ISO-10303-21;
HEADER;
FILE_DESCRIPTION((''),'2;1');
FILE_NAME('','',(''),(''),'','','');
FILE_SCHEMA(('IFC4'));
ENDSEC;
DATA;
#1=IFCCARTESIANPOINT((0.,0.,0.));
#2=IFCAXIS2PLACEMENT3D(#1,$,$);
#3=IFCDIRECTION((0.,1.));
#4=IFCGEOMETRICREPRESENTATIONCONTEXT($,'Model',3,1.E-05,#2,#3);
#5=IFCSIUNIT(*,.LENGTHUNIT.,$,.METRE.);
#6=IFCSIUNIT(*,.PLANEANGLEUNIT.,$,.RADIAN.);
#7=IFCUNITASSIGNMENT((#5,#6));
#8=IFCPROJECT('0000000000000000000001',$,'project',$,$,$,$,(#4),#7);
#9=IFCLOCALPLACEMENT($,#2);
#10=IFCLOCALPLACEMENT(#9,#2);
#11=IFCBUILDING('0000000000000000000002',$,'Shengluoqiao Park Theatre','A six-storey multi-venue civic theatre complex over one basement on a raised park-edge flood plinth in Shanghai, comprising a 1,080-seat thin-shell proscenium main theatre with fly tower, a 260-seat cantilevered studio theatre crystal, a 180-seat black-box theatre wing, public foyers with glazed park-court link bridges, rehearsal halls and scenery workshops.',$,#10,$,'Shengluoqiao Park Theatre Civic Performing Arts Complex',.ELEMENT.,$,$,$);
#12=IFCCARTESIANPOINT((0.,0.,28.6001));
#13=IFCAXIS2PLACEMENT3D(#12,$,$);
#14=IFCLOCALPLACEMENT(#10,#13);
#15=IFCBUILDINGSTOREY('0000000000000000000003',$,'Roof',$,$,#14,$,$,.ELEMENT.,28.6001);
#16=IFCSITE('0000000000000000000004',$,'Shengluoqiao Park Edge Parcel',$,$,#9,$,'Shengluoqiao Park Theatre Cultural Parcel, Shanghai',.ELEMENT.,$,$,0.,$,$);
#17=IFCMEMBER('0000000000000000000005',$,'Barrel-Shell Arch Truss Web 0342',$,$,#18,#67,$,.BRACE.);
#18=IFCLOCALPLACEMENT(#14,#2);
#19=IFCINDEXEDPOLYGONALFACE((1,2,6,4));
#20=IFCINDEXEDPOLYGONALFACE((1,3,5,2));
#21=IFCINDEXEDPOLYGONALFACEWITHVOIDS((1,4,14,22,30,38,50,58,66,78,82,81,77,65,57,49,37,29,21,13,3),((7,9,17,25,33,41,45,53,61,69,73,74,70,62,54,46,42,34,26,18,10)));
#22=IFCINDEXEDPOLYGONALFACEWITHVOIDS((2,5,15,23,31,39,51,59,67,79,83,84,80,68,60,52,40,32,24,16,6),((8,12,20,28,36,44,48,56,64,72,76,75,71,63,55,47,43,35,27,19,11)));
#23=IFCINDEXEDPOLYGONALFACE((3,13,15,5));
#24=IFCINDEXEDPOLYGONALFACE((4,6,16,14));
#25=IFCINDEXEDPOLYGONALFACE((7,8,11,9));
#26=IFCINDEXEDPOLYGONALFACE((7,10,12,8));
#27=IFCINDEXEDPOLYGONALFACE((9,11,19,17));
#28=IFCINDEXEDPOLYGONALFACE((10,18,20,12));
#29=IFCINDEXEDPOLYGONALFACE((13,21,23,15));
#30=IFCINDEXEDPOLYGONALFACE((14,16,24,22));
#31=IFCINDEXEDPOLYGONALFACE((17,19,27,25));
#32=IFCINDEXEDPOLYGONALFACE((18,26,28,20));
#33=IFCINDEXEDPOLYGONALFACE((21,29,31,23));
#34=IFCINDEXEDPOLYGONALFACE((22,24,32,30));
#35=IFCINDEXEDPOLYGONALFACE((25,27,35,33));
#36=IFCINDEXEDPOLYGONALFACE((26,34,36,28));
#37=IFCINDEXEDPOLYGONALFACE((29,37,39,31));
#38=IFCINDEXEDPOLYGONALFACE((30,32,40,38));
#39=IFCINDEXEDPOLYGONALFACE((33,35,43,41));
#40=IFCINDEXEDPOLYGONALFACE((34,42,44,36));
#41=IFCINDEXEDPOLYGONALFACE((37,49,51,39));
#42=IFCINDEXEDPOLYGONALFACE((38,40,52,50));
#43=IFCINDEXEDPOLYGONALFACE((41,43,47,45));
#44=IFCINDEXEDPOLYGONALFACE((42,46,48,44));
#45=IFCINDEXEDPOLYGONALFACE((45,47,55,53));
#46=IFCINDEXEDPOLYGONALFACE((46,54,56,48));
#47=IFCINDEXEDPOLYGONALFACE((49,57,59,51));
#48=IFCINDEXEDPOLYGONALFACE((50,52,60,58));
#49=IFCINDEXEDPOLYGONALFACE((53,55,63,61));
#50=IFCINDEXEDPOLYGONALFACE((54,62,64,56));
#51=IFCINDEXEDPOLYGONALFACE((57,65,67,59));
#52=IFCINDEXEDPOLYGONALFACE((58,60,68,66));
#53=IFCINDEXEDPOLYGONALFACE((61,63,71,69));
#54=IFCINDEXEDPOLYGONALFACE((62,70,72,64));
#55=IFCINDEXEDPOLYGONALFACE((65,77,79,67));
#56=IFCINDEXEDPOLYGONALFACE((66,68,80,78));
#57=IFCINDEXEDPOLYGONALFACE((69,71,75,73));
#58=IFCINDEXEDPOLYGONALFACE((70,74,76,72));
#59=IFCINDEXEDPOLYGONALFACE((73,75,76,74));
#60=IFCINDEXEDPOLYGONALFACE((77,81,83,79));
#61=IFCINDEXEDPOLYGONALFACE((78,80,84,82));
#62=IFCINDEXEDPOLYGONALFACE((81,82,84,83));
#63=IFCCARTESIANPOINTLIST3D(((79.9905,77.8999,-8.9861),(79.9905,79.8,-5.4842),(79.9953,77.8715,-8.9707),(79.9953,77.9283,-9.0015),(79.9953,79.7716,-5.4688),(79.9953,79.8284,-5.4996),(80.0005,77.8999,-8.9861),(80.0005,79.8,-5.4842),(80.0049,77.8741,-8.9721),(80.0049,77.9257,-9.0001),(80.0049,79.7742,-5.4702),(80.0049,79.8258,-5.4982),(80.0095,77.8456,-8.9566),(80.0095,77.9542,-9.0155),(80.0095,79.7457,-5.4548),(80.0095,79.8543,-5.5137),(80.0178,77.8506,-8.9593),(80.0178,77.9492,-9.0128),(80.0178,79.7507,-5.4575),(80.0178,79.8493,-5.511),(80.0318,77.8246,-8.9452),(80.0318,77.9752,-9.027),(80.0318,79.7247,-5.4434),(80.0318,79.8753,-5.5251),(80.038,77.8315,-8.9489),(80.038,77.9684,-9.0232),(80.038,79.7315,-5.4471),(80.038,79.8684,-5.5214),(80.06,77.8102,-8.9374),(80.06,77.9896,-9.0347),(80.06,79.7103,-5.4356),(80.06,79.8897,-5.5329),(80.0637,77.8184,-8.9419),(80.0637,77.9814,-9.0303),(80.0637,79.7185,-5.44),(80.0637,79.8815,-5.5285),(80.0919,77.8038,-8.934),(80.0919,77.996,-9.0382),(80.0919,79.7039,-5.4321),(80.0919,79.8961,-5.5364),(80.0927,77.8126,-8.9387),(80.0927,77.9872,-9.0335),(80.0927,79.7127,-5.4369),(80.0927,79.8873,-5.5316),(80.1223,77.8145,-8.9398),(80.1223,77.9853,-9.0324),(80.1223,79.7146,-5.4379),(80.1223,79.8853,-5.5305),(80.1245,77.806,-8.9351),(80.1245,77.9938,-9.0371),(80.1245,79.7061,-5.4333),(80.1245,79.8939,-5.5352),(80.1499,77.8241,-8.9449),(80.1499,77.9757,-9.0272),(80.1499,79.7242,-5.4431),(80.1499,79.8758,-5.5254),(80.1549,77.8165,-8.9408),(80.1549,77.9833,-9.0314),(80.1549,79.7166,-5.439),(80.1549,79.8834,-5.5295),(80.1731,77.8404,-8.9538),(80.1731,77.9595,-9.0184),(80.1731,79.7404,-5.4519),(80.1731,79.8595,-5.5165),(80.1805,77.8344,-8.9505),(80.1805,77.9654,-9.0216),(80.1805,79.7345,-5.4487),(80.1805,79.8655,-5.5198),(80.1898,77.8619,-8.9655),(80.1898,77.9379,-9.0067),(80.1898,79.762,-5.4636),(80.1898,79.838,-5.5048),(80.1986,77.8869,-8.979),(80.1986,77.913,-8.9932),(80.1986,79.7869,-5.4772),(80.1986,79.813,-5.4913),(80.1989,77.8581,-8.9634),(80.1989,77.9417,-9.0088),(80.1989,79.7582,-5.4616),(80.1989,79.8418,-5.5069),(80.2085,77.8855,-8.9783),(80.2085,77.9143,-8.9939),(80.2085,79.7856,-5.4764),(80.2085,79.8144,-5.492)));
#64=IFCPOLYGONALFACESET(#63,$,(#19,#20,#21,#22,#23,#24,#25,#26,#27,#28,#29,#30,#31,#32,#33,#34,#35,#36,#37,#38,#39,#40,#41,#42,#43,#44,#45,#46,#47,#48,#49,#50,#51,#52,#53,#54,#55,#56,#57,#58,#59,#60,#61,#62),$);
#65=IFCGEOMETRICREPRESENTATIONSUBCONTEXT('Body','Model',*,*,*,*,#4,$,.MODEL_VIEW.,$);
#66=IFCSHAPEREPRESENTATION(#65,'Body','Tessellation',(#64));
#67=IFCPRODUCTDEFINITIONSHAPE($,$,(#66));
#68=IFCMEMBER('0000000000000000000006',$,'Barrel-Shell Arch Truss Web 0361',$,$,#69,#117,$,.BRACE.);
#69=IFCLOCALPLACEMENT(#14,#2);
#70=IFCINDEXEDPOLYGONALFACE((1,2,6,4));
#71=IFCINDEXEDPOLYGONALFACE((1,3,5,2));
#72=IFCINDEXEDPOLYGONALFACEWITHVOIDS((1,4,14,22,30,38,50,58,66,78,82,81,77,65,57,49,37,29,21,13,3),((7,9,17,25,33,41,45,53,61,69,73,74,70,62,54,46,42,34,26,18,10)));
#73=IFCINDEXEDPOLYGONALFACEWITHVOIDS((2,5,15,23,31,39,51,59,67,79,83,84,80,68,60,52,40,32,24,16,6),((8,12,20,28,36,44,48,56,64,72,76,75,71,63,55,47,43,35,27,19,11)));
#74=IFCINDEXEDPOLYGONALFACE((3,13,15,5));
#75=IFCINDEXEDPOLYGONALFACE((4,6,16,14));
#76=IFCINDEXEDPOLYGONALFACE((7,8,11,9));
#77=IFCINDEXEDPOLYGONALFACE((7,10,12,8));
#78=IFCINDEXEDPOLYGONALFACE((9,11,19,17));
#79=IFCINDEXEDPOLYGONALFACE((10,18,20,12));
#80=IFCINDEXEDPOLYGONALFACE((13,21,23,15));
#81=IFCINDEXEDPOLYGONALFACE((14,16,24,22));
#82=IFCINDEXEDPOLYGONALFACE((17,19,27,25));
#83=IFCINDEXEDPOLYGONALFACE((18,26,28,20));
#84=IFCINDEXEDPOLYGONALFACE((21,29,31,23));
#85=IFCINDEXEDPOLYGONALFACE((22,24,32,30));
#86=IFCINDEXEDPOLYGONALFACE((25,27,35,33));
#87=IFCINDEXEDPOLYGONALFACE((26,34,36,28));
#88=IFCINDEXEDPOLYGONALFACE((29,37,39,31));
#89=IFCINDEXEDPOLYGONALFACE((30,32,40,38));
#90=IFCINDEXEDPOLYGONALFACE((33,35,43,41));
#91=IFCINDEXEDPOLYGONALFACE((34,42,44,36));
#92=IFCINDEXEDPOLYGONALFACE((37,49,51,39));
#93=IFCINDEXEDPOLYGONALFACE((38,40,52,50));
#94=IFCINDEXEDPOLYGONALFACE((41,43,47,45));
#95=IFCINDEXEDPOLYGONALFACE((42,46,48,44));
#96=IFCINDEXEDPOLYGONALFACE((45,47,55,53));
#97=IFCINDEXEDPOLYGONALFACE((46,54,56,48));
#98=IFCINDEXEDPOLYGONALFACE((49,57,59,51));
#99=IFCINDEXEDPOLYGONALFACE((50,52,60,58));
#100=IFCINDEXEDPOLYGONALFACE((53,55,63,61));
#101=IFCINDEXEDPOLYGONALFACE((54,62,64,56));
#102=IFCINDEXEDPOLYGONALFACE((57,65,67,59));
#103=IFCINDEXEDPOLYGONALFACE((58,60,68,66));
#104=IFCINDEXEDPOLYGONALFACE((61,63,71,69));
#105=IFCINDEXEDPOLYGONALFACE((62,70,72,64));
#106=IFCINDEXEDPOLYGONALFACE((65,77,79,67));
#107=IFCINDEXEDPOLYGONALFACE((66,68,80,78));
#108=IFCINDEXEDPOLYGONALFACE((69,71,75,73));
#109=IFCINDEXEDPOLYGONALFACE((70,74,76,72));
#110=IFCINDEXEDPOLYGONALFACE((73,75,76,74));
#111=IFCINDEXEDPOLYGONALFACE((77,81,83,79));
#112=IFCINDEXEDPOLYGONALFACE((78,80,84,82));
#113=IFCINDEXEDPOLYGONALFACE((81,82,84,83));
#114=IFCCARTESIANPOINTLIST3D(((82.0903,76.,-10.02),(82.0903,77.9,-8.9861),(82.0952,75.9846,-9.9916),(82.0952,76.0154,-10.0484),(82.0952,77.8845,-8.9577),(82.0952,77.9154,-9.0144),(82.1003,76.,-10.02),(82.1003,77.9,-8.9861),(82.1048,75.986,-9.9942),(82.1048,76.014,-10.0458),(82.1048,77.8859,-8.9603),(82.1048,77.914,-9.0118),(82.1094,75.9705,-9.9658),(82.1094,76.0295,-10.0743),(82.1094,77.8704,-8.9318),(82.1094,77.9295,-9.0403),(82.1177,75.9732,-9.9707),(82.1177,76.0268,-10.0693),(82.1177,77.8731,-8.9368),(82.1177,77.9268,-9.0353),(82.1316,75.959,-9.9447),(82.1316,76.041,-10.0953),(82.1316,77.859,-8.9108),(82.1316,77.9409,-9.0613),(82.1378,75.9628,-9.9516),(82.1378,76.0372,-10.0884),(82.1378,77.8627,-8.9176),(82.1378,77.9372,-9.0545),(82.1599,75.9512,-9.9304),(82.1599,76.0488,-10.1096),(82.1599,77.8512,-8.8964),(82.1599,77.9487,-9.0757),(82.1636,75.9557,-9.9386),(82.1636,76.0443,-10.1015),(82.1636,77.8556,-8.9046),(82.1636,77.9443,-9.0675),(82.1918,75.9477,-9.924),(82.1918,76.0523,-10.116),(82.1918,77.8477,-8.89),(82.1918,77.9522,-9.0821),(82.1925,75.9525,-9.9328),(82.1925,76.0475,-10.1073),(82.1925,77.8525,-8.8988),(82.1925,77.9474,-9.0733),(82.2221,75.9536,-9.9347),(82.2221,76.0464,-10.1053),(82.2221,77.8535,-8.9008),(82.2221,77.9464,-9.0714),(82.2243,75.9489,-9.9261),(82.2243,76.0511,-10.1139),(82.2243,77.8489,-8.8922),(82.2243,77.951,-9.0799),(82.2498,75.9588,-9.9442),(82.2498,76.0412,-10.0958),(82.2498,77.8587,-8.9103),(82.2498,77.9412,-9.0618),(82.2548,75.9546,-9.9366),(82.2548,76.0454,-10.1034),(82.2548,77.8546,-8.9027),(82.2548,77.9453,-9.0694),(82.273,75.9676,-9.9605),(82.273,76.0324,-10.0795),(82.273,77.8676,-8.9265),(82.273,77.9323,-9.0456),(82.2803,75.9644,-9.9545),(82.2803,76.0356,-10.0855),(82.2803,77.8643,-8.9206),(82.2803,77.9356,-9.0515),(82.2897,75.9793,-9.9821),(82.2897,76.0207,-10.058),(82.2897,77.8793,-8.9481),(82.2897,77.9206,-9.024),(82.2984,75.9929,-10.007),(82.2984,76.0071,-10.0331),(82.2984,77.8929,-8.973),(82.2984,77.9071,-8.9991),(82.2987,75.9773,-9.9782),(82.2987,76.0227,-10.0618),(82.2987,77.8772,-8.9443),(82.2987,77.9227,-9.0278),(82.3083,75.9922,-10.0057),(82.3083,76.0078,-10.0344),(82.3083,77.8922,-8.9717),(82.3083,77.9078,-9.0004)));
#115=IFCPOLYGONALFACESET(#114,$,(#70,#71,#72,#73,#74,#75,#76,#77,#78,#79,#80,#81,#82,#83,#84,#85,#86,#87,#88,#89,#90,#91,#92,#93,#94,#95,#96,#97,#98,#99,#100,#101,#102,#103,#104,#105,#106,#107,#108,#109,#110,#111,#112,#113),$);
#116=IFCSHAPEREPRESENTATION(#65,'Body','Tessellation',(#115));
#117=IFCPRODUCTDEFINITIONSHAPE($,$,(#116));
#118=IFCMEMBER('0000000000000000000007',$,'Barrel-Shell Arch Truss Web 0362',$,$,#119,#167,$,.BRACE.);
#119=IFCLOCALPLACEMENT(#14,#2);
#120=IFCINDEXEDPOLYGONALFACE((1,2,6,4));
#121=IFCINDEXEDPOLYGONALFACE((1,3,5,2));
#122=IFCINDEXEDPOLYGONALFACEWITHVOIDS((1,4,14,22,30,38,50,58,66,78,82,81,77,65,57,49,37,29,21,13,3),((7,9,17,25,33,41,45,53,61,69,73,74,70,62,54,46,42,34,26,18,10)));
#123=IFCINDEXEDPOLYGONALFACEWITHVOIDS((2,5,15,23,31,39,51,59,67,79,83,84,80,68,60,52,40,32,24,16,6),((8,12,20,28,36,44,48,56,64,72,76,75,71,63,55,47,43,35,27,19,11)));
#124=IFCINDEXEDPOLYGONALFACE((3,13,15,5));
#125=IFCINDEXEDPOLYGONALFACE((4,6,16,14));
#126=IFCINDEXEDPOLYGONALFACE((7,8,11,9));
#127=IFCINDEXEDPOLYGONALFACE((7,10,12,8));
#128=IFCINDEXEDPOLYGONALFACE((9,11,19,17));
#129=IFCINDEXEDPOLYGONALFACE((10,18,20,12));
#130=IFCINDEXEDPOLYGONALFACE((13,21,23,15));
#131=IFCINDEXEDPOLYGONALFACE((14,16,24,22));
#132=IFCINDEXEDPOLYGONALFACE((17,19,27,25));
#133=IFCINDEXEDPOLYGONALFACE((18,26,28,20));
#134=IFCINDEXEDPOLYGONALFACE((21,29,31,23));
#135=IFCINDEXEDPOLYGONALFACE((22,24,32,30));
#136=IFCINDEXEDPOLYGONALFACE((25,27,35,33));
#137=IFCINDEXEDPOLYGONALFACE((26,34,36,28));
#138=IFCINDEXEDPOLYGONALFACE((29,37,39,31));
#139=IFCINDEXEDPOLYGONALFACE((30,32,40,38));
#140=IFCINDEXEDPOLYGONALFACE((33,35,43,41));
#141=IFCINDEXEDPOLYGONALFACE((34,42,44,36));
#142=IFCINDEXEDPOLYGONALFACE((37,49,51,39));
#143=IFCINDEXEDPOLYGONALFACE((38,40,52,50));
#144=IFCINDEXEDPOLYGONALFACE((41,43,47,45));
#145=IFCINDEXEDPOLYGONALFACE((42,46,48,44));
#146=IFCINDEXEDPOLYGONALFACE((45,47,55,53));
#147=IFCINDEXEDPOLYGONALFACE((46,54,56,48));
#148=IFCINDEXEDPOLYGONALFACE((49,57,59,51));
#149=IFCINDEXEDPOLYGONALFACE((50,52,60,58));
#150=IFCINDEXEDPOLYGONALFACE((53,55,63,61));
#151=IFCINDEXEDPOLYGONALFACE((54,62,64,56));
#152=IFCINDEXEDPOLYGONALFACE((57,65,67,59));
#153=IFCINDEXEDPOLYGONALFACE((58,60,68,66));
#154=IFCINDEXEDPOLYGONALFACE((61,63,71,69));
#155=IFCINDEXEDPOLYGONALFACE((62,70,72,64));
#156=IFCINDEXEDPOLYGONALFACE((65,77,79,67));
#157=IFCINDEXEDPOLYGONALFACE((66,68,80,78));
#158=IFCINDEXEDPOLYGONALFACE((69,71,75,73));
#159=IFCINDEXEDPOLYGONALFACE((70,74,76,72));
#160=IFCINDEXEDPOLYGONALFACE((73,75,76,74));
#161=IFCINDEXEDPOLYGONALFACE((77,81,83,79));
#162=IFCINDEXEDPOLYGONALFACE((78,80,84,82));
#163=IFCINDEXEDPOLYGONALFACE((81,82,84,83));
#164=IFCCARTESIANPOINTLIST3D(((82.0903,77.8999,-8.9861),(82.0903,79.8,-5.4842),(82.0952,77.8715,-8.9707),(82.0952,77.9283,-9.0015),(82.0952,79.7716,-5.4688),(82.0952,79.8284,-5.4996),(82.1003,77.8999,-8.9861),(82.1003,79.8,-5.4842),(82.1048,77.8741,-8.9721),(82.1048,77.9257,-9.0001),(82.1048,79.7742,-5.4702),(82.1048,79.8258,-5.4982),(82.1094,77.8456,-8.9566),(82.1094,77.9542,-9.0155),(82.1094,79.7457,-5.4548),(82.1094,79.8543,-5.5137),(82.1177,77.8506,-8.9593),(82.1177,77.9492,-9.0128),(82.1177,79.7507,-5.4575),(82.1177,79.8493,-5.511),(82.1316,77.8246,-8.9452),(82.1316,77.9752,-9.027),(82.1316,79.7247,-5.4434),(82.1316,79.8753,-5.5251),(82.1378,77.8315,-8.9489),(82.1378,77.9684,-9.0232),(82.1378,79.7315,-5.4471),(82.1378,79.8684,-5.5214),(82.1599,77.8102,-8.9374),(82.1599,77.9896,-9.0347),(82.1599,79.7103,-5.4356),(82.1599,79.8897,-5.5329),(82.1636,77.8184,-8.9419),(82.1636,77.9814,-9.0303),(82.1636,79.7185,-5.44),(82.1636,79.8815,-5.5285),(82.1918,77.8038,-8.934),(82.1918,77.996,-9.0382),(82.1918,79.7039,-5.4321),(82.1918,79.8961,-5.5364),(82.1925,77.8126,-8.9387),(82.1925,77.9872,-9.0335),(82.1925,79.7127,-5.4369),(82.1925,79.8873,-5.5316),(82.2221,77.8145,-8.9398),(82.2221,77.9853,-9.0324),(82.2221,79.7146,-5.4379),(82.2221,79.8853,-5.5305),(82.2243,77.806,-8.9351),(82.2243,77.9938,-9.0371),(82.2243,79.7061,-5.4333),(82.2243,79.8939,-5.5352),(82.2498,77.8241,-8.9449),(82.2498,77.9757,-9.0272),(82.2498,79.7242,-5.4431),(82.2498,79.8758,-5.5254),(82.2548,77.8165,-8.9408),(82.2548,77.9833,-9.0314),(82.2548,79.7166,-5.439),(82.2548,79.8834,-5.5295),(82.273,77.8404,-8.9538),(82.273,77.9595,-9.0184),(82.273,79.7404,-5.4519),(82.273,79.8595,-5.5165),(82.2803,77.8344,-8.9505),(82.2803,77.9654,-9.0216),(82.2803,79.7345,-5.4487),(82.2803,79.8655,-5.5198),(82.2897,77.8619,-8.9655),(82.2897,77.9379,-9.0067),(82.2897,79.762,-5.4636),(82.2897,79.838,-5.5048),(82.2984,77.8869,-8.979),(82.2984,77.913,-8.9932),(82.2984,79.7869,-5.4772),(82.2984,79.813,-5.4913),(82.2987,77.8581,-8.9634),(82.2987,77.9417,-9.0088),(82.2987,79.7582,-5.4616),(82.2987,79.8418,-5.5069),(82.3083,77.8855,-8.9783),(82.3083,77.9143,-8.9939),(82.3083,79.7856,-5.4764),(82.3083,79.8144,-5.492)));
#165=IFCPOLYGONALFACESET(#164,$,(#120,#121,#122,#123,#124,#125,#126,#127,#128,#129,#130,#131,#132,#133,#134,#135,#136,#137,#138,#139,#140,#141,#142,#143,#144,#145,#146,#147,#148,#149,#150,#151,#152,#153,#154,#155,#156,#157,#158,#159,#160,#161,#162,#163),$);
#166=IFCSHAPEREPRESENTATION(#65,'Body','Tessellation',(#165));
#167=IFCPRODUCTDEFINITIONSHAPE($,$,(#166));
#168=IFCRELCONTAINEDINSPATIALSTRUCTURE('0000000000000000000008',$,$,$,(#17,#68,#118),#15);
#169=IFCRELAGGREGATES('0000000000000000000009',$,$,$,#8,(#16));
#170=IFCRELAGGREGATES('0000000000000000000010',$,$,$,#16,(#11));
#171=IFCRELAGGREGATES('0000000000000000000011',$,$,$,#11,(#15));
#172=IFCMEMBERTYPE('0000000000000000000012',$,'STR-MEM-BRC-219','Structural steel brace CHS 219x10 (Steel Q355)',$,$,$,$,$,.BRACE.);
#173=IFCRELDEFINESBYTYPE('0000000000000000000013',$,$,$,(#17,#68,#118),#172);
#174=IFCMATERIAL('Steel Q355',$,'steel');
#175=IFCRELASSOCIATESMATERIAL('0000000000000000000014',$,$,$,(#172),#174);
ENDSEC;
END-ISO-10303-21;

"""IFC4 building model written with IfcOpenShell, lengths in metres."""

from ifc_helpers import new_model, si_unit, direction, frame, origin, origin_2d, place, context, subcontext, project, spatial, hollow_circle, extrude, material, material_profile, profile_set, type_object, element, save


model = new_model("IFC4")

# Units and contexts
model_context = context("Model", 3, precision=1e-05, world=origin(), true_north=direction((0.0, 1.0)))
body_context = subcontext(model_context, "Body", "Model", "MODEL_VIEW")
ifc_project = project(units=[si_unit("LENGTHUNIT", "METRE"), si_unit("PLANEANGLEUNIT", "RADIAN")], contexts=[model_context])

# Site, building, storey
site_placement = place(None, origin())
site = spatial("IfcSite", under=ifc_project, at=site_placement, Name="Shengluoqiao Park Edge Parcel", LongName="Shengluoqiao Park Theatre Cultural Parcel, Shanghai", CompositionType="ELEMENT", RefElevation=0.0)
building_placement = place(site_placement, origin())
building = spatial("IfcBuilding", under=site, at=building_placement, Name="Shengluoqiao Park Theatre", Description="A six-storey multi-venue civic theatre complex over one basement on a raised park-edge flood plinth in Shanghai, comprising a 1,080-seat thin-shell proscenium main theatre with fly tower, a 260-seat cantilevered studio theatre crystal, a 180-seat black-box theatre wing, public foyers with glazed park-court link bridges, rehearsal halls and scenery workshops.", LongName="Shengluoqiao Park Theatre Civic Performing Arts Complex", CompositionType="ELEMENT")
storey_placement = place(building_placement, frame((0.0, 0.0, 28.6001)))
storey = spatial("IfcBuildingStorey", under=building, at=storey_placement, Name="Roof", CompositionType="ELEMENT", Elevation=28.6001)

# Shared definitions
ifc_material_1 = material(Name="Steel Q355", Category="steel")

# Members
ifc_material_profile_1 = material_profile(ifc_material_1, hollow_circle(Radius=0.1096, WallThickness=0.01, at=origin_2d()), Name="CHS 219x10")
ifc_profile_set_1 = profile_set([ifc_material_profile_1], Name="Steel Q355")
member_type_1 = type_object("IfcMemberType", Name="STR-MEM-BRC-219", Description="Structural steel brace CHS 219x10 (Steel Q355)", PredefinedType="BRACE", material=ifc_profile_set_1)
member_1_placement = place(storey_placement, frame((80.1001, 77.8999, -8.9861), z_axis=(0.0, 0.476915, 0.87895), x_axis=(-1.0, 0.0, 0.0)))
element("IfcMember", 1, at=member_1_placement, inside=storey, type_object=member_type_1, Name="Barrel-Shell Arch Truss Web 0342", PredefinedType="BRACE", context=body_context, shape_type="SweptSolid", body=[
    extrude(hollow_circle(Radius=0.1096, WallThickness=0.01, at=origin_2d()), origin(), (0.0, 0.0, 1.0), 3.9841),
])
member_2_placement = place(storey_placement, frame((82.2, 76.0, -10.02), z_axis=(0.0, 0.878357, 0.478006), x_axis=(-1.0, 0.0, 0.0)))
element("IfcMember", 2, at=member_2_placement, inside=storey, type_object=member_type_1, Name="Barrel-Shell Arch Truss Web 0361", PredefinedType="BRACE", context=body_context, shape_type="SweptSolid", body=[
    extrude(hollow_circle(Radius=0.1096, WallThickness=0.01, at=origin_2d()), origin(), (0.0, 0.0, 1.0), 2.1631),
])
member_3_placement = place(storey_placement, frame((82.2, 77.8999, -8.9861), z_axis=(0.0, 0.476915, 0.87895), x_axis=(-1.0, 0.0, 0.0)))
element("IfcMember", 3, at=member_3_placement, inside=storey, type_object=member_type_1, Name="Barrel-Shell Arch Truss Web 0362", PredefinedType="BRACE", context=body_context, shape_type="SweptSolid", body=[
    extrude(hollow_circle(Radius=0.1096, WallThickness=0.01, at=origin_2d()), origin(), (0.0, 0.0, 1.0), 3.9841),
])

save(model, "model.ifc")
